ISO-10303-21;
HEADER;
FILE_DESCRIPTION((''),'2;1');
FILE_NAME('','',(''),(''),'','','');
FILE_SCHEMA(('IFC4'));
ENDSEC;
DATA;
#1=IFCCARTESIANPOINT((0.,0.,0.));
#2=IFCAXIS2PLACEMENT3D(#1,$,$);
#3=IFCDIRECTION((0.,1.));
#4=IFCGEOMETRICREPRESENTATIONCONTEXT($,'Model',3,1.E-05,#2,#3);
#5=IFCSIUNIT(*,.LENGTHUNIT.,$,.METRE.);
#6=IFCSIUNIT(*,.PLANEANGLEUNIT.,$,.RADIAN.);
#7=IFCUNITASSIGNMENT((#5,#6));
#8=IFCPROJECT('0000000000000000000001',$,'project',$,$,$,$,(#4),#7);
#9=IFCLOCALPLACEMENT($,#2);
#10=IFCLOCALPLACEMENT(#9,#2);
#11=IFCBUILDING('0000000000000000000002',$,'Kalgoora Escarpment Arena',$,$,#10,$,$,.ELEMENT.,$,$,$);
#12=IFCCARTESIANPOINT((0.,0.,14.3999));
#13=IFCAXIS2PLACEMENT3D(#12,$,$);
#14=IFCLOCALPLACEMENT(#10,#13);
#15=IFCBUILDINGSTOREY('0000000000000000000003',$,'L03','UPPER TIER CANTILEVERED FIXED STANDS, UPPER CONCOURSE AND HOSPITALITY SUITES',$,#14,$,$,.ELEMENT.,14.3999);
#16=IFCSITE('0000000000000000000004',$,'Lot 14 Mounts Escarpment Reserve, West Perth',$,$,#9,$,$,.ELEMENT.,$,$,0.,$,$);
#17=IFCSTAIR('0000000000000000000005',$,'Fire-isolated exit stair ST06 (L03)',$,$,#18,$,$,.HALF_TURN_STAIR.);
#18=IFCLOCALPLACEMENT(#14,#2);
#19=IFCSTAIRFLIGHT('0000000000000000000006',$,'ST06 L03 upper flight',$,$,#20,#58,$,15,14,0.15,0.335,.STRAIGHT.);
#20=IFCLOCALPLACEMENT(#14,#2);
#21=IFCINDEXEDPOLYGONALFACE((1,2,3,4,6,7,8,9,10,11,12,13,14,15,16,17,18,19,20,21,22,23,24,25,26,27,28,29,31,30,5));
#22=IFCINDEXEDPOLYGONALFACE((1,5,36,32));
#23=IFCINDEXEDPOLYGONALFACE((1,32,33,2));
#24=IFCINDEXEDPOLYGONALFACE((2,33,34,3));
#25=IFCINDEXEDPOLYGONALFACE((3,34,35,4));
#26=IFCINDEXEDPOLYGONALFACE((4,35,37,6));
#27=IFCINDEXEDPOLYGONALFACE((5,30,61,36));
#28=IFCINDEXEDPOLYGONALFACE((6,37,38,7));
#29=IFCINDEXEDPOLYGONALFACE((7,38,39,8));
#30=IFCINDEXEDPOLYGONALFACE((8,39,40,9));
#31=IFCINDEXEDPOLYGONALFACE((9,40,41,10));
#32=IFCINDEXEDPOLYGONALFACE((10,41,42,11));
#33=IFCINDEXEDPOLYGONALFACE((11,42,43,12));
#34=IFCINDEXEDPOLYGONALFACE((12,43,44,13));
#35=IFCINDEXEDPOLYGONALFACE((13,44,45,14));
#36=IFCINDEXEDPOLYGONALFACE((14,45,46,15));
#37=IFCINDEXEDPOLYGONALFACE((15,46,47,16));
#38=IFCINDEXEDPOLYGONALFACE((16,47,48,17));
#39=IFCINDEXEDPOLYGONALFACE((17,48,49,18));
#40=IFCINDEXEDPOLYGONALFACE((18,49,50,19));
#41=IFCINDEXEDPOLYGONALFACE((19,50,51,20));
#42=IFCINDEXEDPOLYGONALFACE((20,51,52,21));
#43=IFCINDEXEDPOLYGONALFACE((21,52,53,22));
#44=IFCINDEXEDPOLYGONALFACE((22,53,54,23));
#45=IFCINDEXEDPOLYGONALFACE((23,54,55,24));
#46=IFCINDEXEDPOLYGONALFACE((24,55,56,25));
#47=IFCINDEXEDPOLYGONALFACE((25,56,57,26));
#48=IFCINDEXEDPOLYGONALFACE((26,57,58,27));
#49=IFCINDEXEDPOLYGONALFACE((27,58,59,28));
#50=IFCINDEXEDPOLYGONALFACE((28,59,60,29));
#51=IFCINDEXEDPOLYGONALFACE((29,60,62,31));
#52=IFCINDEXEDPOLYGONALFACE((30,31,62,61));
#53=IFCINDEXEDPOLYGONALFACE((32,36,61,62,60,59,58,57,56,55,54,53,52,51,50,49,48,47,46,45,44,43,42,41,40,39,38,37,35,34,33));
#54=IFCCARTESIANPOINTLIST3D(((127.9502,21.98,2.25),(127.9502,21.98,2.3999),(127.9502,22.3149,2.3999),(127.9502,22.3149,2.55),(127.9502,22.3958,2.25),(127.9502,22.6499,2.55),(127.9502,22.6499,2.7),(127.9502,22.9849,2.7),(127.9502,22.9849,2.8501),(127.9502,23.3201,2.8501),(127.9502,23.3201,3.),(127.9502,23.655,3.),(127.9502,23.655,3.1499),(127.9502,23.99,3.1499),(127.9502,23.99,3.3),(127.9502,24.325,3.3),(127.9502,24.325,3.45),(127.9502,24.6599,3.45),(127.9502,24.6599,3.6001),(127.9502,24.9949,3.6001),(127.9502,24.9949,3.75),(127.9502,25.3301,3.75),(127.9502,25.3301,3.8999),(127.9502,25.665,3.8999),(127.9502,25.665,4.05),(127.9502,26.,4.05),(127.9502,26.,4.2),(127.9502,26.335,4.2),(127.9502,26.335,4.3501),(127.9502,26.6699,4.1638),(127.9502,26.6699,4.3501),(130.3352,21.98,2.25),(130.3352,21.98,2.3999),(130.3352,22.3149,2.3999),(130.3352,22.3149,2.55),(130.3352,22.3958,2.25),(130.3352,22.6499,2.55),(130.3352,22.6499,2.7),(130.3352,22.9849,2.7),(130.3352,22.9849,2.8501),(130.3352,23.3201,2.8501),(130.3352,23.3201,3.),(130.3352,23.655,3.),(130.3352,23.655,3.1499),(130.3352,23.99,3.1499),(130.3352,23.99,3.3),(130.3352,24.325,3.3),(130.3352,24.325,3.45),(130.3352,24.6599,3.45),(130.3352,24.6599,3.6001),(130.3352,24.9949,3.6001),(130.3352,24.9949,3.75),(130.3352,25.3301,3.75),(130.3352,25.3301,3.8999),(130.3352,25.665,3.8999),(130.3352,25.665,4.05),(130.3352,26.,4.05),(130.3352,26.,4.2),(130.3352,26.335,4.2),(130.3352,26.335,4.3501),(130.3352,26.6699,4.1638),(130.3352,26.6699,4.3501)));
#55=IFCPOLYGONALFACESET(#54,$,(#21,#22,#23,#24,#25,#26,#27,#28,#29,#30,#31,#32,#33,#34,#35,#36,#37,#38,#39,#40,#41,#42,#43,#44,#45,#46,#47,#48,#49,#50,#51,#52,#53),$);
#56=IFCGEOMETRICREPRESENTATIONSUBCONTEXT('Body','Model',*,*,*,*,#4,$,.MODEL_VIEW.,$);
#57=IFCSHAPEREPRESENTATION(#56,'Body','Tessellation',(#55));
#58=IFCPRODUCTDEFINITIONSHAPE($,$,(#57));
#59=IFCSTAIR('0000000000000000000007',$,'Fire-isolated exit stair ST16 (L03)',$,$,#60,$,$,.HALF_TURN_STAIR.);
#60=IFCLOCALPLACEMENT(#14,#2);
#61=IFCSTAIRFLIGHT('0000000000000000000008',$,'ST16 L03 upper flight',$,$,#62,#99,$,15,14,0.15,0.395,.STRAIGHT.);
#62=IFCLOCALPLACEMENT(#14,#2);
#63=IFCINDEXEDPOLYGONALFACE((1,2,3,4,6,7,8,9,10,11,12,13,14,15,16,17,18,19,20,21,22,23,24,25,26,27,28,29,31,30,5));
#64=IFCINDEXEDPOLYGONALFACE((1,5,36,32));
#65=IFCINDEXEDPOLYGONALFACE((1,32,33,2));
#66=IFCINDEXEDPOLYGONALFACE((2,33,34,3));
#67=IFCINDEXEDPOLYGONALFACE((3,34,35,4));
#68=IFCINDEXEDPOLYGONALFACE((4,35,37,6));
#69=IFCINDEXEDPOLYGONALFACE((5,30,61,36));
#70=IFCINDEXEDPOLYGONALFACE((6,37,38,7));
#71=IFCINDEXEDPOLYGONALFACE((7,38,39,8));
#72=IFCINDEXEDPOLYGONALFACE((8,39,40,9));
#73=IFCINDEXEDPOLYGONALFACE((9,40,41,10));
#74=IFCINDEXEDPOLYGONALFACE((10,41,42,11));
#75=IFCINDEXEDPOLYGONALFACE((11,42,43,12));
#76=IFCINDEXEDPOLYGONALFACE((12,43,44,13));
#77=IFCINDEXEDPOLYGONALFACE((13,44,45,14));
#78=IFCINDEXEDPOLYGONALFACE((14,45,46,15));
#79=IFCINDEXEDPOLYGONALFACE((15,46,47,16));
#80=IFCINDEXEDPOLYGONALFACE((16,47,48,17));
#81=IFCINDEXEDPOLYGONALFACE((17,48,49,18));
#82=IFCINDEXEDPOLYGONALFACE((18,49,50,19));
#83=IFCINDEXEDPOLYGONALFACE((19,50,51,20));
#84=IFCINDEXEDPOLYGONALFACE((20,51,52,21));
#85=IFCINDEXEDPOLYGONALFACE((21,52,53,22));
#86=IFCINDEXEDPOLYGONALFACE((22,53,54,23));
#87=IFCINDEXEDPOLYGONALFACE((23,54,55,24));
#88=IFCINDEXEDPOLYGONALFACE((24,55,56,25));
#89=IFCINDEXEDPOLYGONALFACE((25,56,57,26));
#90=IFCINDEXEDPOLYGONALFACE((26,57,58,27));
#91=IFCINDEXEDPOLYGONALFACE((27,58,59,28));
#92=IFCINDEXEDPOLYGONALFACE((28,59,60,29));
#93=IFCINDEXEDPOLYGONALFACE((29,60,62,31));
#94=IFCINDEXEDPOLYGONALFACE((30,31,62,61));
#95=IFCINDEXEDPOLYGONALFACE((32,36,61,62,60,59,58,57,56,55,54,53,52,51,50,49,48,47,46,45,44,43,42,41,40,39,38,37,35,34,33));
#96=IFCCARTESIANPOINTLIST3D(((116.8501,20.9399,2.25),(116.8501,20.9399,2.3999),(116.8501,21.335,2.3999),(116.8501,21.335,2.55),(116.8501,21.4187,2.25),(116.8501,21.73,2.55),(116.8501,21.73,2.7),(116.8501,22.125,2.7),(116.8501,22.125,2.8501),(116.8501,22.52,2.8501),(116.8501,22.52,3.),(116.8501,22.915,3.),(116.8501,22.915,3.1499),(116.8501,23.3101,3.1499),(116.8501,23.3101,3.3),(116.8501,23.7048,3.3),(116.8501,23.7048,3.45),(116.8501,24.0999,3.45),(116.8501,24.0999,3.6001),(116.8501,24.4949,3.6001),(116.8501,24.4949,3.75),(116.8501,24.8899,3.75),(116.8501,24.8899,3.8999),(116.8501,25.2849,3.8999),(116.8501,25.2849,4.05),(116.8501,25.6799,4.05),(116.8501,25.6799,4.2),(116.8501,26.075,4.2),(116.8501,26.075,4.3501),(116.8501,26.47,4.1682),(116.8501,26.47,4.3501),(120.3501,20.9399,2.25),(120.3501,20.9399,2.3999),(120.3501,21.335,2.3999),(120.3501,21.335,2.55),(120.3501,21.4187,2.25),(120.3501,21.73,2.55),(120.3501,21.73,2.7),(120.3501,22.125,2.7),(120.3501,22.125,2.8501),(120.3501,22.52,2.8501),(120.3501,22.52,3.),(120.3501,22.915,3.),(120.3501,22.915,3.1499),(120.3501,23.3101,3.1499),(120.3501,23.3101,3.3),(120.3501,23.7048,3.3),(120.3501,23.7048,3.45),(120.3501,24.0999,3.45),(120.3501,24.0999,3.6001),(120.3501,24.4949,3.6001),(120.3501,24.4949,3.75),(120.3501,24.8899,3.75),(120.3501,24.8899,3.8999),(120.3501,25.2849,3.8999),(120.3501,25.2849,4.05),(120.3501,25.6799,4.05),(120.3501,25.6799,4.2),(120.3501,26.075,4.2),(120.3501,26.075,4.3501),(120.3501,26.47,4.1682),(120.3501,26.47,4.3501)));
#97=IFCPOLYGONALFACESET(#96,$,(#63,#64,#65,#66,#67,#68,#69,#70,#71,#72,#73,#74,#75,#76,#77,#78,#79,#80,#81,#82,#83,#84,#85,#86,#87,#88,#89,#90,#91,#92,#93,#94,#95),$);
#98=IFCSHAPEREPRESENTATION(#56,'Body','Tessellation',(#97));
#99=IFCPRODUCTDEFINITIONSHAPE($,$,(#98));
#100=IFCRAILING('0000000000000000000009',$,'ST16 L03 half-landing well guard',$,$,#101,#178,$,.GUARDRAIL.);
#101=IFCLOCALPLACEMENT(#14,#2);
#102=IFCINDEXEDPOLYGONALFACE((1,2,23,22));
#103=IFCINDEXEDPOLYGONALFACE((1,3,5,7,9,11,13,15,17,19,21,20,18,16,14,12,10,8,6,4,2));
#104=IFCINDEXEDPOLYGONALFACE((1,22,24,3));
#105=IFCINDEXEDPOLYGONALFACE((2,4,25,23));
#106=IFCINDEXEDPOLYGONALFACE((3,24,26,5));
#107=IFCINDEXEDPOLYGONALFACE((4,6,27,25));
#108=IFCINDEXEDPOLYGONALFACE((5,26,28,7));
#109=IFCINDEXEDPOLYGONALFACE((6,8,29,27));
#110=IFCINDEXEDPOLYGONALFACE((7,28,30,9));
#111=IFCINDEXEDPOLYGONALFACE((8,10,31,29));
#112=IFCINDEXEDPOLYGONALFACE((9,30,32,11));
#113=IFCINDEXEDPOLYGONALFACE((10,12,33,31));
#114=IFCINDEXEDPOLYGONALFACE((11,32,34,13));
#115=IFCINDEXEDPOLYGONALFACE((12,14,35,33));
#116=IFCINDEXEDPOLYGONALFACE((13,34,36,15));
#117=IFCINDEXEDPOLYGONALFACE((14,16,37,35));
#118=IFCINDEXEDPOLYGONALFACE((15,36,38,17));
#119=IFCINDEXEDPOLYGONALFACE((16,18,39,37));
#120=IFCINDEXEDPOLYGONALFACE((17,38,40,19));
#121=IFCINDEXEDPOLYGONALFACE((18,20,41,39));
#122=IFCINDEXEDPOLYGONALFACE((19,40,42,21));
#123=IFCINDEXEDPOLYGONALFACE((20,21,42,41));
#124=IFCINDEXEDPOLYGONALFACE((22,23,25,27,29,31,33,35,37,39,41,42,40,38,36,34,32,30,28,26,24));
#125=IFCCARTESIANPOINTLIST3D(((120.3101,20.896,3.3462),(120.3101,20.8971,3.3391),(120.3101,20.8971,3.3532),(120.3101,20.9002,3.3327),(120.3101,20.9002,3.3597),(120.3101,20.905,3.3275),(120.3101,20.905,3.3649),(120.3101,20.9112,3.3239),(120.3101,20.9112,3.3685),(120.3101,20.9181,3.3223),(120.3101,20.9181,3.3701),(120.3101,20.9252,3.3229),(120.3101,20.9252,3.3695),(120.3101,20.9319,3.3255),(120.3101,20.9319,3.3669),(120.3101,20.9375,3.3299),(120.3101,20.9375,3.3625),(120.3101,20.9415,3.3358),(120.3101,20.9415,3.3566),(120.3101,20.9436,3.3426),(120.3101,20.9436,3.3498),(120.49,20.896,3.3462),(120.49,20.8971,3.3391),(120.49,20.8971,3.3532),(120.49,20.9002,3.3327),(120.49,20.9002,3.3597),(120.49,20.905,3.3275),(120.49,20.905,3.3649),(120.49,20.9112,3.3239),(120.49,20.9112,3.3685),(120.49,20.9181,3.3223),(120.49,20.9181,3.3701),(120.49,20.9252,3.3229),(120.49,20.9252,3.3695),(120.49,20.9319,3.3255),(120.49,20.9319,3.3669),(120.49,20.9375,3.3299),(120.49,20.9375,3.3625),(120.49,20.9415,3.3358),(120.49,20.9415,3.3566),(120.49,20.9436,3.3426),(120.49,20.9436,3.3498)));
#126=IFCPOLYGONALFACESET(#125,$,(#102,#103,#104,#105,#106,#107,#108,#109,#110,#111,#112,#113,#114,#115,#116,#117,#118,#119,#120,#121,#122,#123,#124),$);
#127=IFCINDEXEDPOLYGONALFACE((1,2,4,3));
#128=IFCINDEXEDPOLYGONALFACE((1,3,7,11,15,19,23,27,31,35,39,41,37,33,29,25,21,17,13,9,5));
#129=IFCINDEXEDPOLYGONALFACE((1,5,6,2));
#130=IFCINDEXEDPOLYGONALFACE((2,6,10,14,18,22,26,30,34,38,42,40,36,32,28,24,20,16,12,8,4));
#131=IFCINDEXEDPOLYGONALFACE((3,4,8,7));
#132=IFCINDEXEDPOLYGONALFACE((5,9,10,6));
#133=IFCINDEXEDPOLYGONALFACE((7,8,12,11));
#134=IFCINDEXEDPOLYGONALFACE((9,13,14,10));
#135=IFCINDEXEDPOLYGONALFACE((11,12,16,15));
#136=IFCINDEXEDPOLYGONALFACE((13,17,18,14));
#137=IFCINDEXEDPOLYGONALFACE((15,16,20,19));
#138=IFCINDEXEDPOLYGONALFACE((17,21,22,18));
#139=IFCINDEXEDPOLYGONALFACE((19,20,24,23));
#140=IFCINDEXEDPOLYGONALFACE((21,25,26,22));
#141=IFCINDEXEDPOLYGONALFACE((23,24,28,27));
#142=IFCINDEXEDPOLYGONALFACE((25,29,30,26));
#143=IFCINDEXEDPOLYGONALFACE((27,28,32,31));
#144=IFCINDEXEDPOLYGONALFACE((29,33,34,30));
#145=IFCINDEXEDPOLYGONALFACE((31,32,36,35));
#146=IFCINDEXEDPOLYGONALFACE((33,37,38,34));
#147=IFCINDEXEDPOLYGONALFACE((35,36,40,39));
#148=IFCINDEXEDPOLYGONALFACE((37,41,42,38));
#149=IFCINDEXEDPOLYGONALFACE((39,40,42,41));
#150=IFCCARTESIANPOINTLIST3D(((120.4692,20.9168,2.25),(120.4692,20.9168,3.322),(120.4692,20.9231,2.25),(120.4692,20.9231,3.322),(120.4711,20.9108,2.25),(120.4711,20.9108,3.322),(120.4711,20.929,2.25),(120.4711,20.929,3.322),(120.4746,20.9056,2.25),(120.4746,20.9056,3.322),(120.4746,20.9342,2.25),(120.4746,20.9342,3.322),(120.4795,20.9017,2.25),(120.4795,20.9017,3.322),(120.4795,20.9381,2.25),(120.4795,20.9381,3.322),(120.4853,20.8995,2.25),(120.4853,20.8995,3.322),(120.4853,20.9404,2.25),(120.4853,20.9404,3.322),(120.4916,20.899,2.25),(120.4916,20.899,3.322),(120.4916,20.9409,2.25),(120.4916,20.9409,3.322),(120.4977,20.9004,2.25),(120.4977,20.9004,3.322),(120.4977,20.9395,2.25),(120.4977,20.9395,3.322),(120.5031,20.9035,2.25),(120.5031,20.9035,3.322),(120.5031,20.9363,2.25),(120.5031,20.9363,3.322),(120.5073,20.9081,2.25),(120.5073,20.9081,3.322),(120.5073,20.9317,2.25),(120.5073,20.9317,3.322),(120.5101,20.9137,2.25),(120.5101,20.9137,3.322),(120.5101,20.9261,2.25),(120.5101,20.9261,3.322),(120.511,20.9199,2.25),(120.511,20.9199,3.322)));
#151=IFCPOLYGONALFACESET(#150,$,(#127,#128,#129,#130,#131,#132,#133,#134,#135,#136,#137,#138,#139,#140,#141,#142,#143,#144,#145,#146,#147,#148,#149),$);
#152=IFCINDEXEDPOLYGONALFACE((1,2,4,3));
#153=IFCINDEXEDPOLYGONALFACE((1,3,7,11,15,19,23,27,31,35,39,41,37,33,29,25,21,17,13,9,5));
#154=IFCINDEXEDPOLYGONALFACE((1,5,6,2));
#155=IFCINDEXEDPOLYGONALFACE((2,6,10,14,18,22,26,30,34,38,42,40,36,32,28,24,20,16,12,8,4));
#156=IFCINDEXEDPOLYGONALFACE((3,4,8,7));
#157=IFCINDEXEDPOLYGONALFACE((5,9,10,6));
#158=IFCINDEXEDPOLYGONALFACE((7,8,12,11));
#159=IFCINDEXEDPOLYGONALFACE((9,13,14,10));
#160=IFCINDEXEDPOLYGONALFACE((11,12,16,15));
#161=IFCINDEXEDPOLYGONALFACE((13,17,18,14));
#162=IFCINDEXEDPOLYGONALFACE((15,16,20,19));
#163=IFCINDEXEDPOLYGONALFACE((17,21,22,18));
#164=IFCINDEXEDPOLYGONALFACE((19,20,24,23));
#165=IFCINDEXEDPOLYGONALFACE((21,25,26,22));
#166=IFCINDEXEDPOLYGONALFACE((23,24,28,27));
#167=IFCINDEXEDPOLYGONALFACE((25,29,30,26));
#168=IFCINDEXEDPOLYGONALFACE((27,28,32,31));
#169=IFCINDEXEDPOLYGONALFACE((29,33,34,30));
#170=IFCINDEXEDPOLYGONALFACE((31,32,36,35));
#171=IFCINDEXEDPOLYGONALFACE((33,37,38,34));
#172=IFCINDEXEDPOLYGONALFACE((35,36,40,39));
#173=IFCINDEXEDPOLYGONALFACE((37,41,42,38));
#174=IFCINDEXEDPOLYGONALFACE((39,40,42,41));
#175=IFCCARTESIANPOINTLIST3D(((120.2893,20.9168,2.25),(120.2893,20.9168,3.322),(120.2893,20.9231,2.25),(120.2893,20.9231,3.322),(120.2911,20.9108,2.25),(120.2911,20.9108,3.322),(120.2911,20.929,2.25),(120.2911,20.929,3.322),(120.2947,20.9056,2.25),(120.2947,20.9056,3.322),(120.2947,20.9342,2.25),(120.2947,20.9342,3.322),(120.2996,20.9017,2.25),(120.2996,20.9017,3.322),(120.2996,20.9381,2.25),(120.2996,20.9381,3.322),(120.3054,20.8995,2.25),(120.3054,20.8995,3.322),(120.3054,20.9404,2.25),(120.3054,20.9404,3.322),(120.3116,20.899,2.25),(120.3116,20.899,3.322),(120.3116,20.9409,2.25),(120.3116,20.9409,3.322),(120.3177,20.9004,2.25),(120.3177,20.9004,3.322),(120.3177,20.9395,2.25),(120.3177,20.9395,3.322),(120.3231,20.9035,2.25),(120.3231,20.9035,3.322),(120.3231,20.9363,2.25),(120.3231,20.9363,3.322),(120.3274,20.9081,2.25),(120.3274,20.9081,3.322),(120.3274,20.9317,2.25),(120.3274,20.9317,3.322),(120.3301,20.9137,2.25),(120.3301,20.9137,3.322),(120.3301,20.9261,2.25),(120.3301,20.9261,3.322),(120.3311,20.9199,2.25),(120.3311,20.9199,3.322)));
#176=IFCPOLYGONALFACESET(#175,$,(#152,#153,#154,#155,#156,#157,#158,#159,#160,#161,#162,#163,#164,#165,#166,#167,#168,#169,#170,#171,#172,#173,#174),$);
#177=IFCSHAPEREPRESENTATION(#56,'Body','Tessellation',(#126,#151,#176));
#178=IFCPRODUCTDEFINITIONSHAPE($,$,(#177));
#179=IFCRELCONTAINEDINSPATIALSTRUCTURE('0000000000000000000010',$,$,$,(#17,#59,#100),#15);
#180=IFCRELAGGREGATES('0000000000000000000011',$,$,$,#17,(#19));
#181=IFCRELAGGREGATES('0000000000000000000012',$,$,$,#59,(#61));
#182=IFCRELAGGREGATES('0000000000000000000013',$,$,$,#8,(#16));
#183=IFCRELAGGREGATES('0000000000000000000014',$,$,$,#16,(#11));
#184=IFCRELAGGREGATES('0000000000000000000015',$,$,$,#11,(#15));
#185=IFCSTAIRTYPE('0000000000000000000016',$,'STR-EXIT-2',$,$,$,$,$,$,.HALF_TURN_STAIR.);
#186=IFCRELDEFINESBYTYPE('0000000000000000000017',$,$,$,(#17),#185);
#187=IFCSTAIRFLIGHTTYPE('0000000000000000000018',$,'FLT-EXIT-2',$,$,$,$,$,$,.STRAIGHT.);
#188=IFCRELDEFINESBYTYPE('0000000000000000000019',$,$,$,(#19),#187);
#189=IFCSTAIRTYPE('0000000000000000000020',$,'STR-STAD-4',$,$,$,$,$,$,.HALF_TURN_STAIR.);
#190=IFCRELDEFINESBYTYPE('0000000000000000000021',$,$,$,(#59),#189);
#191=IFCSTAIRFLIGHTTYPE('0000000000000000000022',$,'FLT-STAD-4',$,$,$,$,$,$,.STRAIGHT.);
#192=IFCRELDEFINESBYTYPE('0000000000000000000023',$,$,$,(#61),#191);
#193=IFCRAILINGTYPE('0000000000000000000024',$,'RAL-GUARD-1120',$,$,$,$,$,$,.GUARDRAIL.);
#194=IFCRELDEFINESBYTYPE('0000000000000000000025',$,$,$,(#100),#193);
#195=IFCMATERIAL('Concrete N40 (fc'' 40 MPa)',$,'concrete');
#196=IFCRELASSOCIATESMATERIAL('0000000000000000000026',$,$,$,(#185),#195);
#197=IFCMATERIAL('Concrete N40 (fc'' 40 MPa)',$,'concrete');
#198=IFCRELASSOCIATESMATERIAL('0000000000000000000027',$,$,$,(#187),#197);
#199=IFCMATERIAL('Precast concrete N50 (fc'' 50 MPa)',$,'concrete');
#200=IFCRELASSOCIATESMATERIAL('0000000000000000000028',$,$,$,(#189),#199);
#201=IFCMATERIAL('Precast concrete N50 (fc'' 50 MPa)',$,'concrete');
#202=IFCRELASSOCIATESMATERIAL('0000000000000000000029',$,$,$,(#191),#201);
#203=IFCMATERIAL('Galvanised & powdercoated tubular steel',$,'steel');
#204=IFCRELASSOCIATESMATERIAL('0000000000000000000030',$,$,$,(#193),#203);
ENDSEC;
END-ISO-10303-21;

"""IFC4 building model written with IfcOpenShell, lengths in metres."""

from ifc_helpers import new_model, si_unit, direction, frame, origin, origin_2d, place, context, subcontext, project, spatial, polyline, circle, outline, extrude, material, type_object, element, aggregate, save


model = new_model("IFC4")

# Units and contexts
model_context = context("Model", 3, precision=1e-05, world=origin(), true_north=direction((0.0, 1.0)))
body_context = subcontext(model_context, "Body", "Model", "MODEL_VIEW")
ifc_project = project(units=[si_unit("LENGTHUNIT", "METRE"), si_unit("PLANEANGLEUNIT", "RADIAN")], contexts=[model_context])

# Site, building, storey
site_placement = place(None, origin())
site = spatial("IfcSite", under=ifc_project, at=site_placement, Name="Lot 14 Mounts Escarpment Reserve, West Perth", CompositionType="ELEMENT", RefElevation=0.0)
building_placement = place(site_placement, origin())
building = spatial("IfcBuilding", under=site, at=building_placement, Name="Kalgoora Escarpment Arena", CompositionType="ELEMENT")
storey_placement = place(building_placement, frame((0.0, 0.0, 14.3999)))
storey = spatial("IfcBuildingStorey", under=building, at=storey_placement, Name="L03", Description="UPPER TIER CANTILEVERED FIXED STANDS, UPPER CONCOURSE AND HOSPITALITY SUITES", CompositionType="ELEMENT", Elevation=14.3999)

# Stairs, stair flights
ifc_material_1 = material(Name="Concrete N40 (fc' 40 MPa)", Category="concrete")
stair_type_1 = type_object("IfcStairType", Name="STR-EXIT-2", PredefinedType="HALF_TURN_STAIR", material=ifc_material_1)
stair_1_placement = place(storey_placement, origin())
stair_1 = element("IfcStair", 1, at=stair_1_placement, inside=storey, type_object=stair_type_1, Name="Fire-isolated exit stair ST06 (L03)", PredefinedType="HALF_TURN_STAIR")
ifc_material_2 = material(Name="Concrete N40 (fc' 40 MPa)", Category="concrete")
stair_flight_type_1 = type_object("IfcStairFlightType", Name="FLT-EXIT-2", PredefinedType="STRAIGHT", material=ifc_material_2)
stair_flight_1_placement = place(storey_placement, frame((129.1426, 21.98, 2.25), z_axis=(0.0, 0.0, 1.0), x_axis=(0.0, 1.0, 0.0)))
stair_flight_1 = element("IfcStairFlight", 2, at=stair_flight_1_placement, type_object=stair_flight_type_1, Name="ST06 L03 upper flight", NumberOfRisers=15, NumberOfTreads=14, PredefinedType="STRAIGHT", RiserHeight=0.15, TreadLength=0.335, context=body_context, shape_type="SweptSolid", body=[
    extrude(outline(polyline([(0.0, 0.0), (0.0, 0.1499), (0.335, 0.1499), (0.335, 0.3), (0.6699, 0.3), (0.6699, 0.45), (1.0049, 0.45), (1.0049, 0.6001), (1.3401, 0.6001), (1.3401, 0.75), (1.675, 0.75), (1.675, 0.8999), (2.01, 0.8999), (2.01, 1.05), (2.345, 1.05), (2.345, 1.2), (2.6799, 1.2), (2.6799, 1.3501), (3.0149, 1.3501), (3.0149, 1.5), (3.3501, 1.5), (3.3501, 1.6499), (3.6851, 1.6499), (3.6851, 1.8), (4.02, 1.8), (4.02, 1.95), (4.355, 1.95), (4.355, 2.1001), (4.6899, 2.1001), (4.6899, 2.25), (4.6899, 1.9138), (0.4158, 0.0), (0.0, 0.0)])), frame((0.0, 1.1924, 0.0), z_axis=(0.0, -1.0, 0.0), x_axis=(1.0, 0.0, 0.0)), (0.0, 0.0, 1.0), 2.385),
])
aggregate(stair_1, [stair_flight_1])
ifc_material_3 = material(Name="Precast concrete N50 (fc' 50 MPa)", Category="concrete")
stair_type_2 = type_object("IfcStairType", Name="STR-STAD-4", PredefinedType="HALF_TURN_STAIR", material=ifc_material_3)
stair_2_placement = place(storey_placement, origin())
stair_2 = element("IfcStair", 3, at=stair_2_placement, inside=storey, type_object=stair_type_2, Name="Fire-isolated exit stair ST16 (L03)", PredefinedType="HALF_TURN_STAIR")
ifc_material_4 = material(Name="Precast concrete N50 (fc' 50 MPa)", Category="concrete")
stair_flight_type_2 = type_object("IfcStairFlightType", Name="FLT-STAD-4", PredefinedType="STRAIGHT", material=ifc_material_4)
stair_flight_2_placement = place(storey_placement, frame((118.6001, 20.9399, 2.25), z_axis=(0.0, 0.0, 1.0), x_axis=(0.0, 1.0, 0.0)))
stair_flight_2 = element("IfcStairFlight", 4, at=stair_flight_2_placement, type_object=stair_flight_type_2, Name="ST16 L03 upper flight", NumberOfRisers=15, NumberOfTreads=14, PredefinedType="STRAIGHT", RiserHeight=0.15, TreadLength=0.395, context=body_context, shape_type="SweptSolid", body=[
    extrude(outline(polyline([(0.0, 0.0), (0.0, 0.1499), (0.395, 0.1499), (0.395, 0.3), (0.79, 0.3), (0.79, 0.45), (1.1851, 0.45), (1.1851, 0.6001), (1.5801, 0.6001), (1.5801, 0.75), (1.9751, 0.75), (1.9751, 0.8999), (2.3701, 0.8999), (2.3701, 1.05), (2.7649, 1.05), (2.7649, 1.2), (3.1599, 1.2), (3.1599, 1.3501), (3.5549, 1.3501), (3.5549, 1.5), (3.95, 1.5), (3.95, 1.6499), (4.345, 1.6499), (4.345, 1.8), (4.74, 1.8), (4.74, 1.95), (5.135, 1.95), (5.135, 2.1001), (5.53, 2.1001), (5.53, 2.25), (5.53, 1.9182), (0.4788, 0.0), (0.0, 0.0)])), frame((0.0, 1.75, 0.0), z_axis=(0.0, -1.0, 0.0), x_axis=(1.0, 0.0, 0.0)), (0.0, 0.0, 1.0), 3.5),
])
aggregate(stair_2, [stair_flight_2])

# Railing
ifc_material_5 = material(Name="Galvanised & powdercoated tubular steel", Category="steel")
railing_type_1 = type_object("IfcRailingType", Name="RAL-GUARD-1120", PredefinedType="GUARDRAIL", material=ifc_material_5)
railing_1_placement = place(storey_placement, frame((120.49, 20.9199, 2.25)))
element("IfcRailing", 5, at=railing_1_placement, inside=storey, type_object=railing_type_1, Name="ST16 L03 half-landing well guard", PredefinedType="GUARDRAIL", context=body_context, shape_type="SweptSolid", body=[
    extrude(circle(Radius=0.0239, at=origin_2d()), frame((0.0, 0.0, 1.0962), z_axis=(-1.0, 0.0, 0.0), x_axis=(0.0, -1.0, 0.0)), (0.0, 0.0, 1.0), 0.1799),
    extrude(circle(Radius=0.021, at=origin_2d()), origin(), (0.0, 0.0, 1.0), 1.072),
    extrude(circle(Radius=0.021, at=origin_2d()), frame((-0.1799, 0.0, 0.0)), (0.0, 0.0, 1.0), 1.072),
])

save(model, "model.ifc")
